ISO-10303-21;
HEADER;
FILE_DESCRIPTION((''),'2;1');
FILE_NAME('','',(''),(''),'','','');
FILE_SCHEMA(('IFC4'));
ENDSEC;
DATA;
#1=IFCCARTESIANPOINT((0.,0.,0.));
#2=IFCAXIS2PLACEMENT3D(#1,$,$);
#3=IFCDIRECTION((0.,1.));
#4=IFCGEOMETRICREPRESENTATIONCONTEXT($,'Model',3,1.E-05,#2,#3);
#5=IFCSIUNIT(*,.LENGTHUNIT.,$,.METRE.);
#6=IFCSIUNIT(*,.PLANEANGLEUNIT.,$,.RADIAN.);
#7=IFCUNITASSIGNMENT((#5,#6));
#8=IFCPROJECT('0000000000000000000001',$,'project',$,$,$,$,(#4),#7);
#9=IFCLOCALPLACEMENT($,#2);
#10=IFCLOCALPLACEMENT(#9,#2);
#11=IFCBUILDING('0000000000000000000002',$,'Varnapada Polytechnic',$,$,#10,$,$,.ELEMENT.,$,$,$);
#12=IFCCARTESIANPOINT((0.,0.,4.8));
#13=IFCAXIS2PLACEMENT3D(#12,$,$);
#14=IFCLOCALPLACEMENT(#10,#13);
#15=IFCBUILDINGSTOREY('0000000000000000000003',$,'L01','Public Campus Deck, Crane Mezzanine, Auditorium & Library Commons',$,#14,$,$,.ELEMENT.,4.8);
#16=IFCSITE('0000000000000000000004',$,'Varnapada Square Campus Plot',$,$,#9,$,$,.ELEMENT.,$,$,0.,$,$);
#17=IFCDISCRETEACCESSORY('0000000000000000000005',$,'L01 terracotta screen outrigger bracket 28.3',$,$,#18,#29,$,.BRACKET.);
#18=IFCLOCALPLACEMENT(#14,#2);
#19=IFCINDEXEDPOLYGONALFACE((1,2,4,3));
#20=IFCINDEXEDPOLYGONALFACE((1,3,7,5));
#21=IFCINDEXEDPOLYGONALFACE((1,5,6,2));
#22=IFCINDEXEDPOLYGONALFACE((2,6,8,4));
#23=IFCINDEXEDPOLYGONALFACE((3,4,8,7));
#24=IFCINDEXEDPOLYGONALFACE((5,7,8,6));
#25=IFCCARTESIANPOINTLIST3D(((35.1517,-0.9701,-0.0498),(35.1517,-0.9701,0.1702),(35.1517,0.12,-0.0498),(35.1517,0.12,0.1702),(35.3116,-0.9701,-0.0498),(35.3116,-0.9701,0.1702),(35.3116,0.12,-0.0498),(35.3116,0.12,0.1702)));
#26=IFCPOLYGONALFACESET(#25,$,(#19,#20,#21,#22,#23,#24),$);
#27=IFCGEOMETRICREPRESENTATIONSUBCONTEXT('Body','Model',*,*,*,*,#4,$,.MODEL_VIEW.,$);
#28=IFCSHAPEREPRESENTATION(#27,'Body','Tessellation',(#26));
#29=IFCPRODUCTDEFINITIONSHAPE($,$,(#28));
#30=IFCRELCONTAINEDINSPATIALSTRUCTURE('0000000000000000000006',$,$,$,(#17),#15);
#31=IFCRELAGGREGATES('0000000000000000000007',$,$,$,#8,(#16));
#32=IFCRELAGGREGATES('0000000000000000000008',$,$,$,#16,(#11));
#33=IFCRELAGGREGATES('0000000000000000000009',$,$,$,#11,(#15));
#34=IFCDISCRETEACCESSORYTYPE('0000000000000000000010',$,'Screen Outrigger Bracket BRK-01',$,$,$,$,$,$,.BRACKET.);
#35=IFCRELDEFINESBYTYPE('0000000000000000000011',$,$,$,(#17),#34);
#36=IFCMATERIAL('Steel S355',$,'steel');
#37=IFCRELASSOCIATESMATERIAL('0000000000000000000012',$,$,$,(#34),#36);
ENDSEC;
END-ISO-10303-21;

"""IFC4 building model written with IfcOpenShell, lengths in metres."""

from ifc_helpers import new_model, si_unit, direction, frame, origin, origin_2d, place, context, subcontext, project, spatial, rectangle, extrude, material, type_object, element, save


model = new_model("IFC4")

# Units and contexts
model_context = context("Model", 3, precision=1e-05, world=origin(), true_north=direction((0.0, 1.0)))
body_context = subcontext(model_context, "Body", "Model", "MODEL_VIEW")
ifc_project = project(units=[si_unit("LENGTHUNIT", "METRE"), si_unit("PLANEANGLEUNIT", "RADIAN")], contexts=[model_context])

# Site, building, storey
site_placement = place(None, origin())
site = spatial("IfcSite", under=ifc_project, at=site_placement, Name="Varnapada Square Campus Plot", CompositionType="ELEMENT", RefElevation=0.0)
building_placement = place(site_placement, origin())
building = spatial("IfcBuilding", under=site, at=building_placement, Name="Varnapada Polytechnic", CompositionType="ELEMENT")
storey_placement = place(building_placement, frame((0.0, 0.0, 4.8)))
storey = spatial("IfcBuildingStorey", under=building, at=storey_placement, Name="L01", Description="Public Campus Deck, Crane Mezzanine, Auditorium & Library Commons", CompositionType="ELEMENT", Elevation=4.8)

# Discrete accessory
ifc_material_1 = material(Name="Steel S355", Category="steel")
discrete_accessory_type = type_object("IfcDiscreteAccessoryType", Name="Screen Outrigger Bracket BRK-01", PredefinedType="BRACKET", material=ifc_material_1)
discrete_accessory_placement = place(storey_placement, frame((35.2317, -0.425, -0.0498), z_axis=(0.0, 0.0, 1.0), x_axis=(-1.0, 0.0, 0.0)))
element("IfcDiscreteAccessory", 1, at=discrete_accessory_placement, inside=storey, type_object=discrete_accessory_type, Name="L01 terracotta screen outrigger bracket 28.3", PredefinedType="BRACKET", context=body_context, shape_type="SweptSolid", body=[
    extrude(rectangle(XDim=0.1599, YDim=1.0901, at=origin_2d()), origin(), (0.0, 0.0, 1.0), 0.22),
])

save(model, "model.ifc")
